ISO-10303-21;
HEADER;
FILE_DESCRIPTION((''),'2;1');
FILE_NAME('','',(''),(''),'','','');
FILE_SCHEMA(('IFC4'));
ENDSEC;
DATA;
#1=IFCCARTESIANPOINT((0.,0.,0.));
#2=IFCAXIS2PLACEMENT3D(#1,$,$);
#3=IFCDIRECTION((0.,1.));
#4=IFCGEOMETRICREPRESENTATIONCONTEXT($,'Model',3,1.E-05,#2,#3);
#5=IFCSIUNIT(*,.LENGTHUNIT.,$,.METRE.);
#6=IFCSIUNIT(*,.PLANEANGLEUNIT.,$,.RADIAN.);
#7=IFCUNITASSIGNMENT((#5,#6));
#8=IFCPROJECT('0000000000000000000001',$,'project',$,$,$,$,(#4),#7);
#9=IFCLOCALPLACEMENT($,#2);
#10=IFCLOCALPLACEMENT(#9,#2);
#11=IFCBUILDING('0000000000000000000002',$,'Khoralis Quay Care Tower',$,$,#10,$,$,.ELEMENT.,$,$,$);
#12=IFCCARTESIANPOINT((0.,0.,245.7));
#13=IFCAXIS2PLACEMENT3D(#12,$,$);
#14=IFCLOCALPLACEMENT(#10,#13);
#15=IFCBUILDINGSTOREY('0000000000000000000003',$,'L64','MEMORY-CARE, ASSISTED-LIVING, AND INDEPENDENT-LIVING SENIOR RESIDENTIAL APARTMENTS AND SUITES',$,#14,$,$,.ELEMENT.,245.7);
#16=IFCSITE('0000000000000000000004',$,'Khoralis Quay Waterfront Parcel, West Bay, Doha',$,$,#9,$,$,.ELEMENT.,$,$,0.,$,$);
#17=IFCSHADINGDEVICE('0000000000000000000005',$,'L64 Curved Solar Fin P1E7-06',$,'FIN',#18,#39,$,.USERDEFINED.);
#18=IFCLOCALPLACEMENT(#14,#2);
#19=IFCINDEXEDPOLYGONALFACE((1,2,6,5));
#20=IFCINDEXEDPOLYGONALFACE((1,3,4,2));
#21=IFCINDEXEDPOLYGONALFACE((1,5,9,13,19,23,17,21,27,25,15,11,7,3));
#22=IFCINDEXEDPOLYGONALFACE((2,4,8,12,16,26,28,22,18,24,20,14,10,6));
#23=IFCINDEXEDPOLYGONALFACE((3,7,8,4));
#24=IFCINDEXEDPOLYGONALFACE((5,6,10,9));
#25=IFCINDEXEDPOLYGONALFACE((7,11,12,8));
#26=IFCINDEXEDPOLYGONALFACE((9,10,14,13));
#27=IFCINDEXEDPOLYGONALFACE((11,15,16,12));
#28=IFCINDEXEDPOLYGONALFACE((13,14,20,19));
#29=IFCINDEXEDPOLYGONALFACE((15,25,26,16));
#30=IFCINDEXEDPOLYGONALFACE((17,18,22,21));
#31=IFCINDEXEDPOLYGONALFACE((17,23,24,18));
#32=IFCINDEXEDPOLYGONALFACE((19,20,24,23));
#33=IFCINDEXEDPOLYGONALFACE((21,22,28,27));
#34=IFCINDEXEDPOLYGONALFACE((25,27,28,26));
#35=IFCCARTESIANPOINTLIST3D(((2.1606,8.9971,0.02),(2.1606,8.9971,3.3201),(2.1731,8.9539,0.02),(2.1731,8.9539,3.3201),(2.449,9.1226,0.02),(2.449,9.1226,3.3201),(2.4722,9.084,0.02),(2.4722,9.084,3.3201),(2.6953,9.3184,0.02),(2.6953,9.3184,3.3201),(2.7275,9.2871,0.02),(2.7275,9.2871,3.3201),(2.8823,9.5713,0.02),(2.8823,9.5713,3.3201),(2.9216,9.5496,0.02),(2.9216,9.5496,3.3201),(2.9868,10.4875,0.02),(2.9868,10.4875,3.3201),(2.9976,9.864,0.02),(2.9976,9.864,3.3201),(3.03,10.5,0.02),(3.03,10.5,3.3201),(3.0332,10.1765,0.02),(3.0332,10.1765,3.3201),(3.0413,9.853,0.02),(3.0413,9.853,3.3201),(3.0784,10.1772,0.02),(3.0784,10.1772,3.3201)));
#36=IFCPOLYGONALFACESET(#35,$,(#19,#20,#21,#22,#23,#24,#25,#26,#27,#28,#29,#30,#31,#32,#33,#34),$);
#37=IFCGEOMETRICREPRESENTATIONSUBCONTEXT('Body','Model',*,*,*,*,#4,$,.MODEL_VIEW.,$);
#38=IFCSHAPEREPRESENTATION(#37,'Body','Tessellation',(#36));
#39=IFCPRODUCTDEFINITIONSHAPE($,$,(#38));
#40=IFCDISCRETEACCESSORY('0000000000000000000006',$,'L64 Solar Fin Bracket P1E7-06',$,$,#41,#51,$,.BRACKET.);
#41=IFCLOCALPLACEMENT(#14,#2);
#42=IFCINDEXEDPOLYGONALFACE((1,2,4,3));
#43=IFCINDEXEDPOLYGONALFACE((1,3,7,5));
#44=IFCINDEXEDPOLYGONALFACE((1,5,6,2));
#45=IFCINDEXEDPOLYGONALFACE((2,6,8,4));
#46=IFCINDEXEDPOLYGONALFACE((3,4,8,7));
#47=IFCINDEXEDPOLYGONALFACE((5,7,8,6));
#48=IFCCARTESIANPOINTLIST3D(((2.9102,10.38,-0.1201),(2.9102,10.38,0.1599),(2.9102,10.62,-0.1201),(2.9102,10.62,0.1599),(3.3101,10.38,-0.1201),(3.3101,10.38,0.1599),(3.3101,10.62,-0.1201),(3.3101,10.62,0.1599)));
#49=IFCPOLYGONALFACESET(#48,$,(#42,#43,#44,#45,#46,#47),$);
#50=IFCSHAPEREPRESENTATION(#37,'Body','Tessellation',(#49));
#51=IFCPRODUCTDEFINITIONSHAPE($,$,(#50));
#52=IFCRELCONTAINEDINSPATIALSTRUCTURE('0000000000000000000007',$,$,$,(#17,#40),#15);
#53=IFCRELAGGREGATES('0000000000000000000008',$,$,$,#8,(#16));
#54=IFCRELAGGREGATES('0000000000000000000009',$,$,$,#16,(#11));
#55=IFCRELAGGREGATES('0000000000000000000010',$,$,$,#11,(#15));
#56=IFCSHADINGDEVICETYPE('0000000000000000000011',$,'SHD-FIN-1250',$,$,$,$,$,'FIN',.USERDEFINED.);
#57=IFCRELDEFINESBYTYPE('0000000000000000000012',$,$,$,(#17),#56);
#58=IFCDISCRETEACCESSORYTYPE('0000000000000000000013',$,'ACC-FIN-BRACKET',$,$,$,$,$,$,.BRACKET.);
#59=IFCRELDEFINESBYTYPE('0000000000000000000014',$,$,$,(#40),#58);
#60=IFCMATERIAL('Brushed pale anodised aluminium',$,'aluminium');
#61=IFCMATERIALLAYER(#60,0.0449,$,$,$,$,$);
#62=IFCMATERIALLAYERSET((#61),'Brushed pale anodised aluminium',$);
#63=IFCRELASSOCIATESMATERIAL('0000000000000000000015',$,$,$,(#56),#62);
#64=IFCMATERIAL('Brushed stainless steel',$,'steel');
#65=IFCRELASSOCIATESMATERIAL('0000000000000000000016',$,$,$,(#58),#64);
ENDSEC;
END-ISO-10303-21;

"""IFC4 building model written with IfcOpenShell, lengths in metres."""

from ifc_helpers import new_model, si_unit, direction, frame, origin, origin_2d, place, context, subcontext, project, spatial, polyline, rectangle, outline, extrude, source, transform, mapped, material, layer, layer_set, type_object, element, save


model = new_model("IFC4")

# Units and contexts
model_context = context("Model", 3, precision=1e-05, world=origin(), true_north=direction((0.0, 1.0)))
body_context = subcontext(model_context, "Body", "Model", "MODEL_VIEW")
ifc_project = project(units=[si_unit("LENGTHUNIT", "METRE"), si_unit("PLANEANGLEUNIT", "RADIAN")], contexts=[model_context])

# Site, building, storey
site_placement = place(None, origin())
site = spatial("IfcSite", under=ifc_project, at=site_placement, Name="Khoralis Quay Waterfront Parcel, West Bay, Doha", CompositionType="ELEMENT", RefElevation=0.0)
building_placement = place(site_placement, origin())
building = spatial("IfcBuilding", under=site, at=building_placement, Name="Khoralis Quay Care Tower", CompositionType="ELEMENT")
storey_placement = place(building_placement, frame((0.0, 0.0, 245.7)))
storey = spatial("IfcBuildingStorey", under=building, at=storey_placement, Name="L64", Description="MEMORY-CARE, ASSISTED-LIVING, AND INDEPENDENT-LIVING SENIOR RESIDENTIAL APARTMENTS AND SUITES", CompositionType="ELEMENT", Elevation=245.7)

# Shading device
ifc_material_1 = material(Name="Brushed pale anodised aluminium", Category="aluminium")
ifc_layer_1 = layer(ifc_material_1, 0.0449)
ifc_layer_set_1 = layer_set([ifc_layer_1], Name="Brushed pale anodised aluminium")
shading_device_type = type_object("IfcShadingDeviceType", Name="SHD-FIN-1250", ElementType="FIN", PredefinedType="USERDEFINED", material=ifc_layer_set_1)
shared_shape_1 = source(origin(), body_context, "Body", "SweptSolid", [
    extrude(outline(polyline([(0.0, 0.0), (-0.0483, 0.3228), (-0.0112, 0.647), (0.1084, 0.9504), (0.3025, 1.2129), (0.5579, 1.416), (0.8569, 1.5461), (0.8694, 1.5029), (0.5811, 1.3774), (0.3347, 1.1816), (0.1477, 0.9287), (0.0325, 0.636), (-0.0032, 0.3235), (0.0432, 0.0125), (0.0, 0.0)])), origin(), (0.0, 0.0, 1.0), 3.3),
])
shading_device_placement = place(storey_placement, frame((3.03, 10.5, 0.02), z_axis=(0.0, 0.0, 1.0), x_axis=(-1.0, 0.0, 0.0)))
element("IfcShadingDevice", 1, at=shading_device_placement, inside=storey, type_object=shading_device_type, Name="L64 Curved Solar Fin P1E7-06", ObjectType="FIN", PredefinedType="USERDEFINED", context=body_context, shape_type="MappedRepresentation", body=[
    mapped(shared_shape_1, transform((0.0, 0.0, 0.0), scale=1.0)),
])

# Discrete accessory
ifc_material_2 = material(Name="Brushed stainless steel", Category="steel")
discrete_accessory_type = type_object("IfcDiscreteAccessoryType", Name="ACC-FIN-BRACKET", PredefinedType="BRACKET", material=ifc_material_2)
shared_shape_2 = source(origin(), body_context, "Body", "SweptSolid", [
    extrude(rectangle(XDim=0.3999, YDim=0.24, at=origin_2d()), origin(), (0.0, 0.0, 1.0), 0.28),
])
discrete_accessory_placement = place(storey_placement, frame((3.1101, 10.5, -0.1201), z_axis=(0.0, 0.0, 1.0), x_axis=(-1.0, 0.0, 0.0)))
element("IfcDiscreteAccessory", 2, at=discrete_accessory_placement, inside=storey, type_object=discrete_accessory_type, Name="L64 Solar Fin Bracket P1E7-06", PredefinedType="BRACKET", context=body_context, shape_type="MappedRepresentation", body=[
    mapped(shared_shape_2, transform((0.0, 0.0, 0.0), scale=1.0)),
])

save(model, "model.ifc")
